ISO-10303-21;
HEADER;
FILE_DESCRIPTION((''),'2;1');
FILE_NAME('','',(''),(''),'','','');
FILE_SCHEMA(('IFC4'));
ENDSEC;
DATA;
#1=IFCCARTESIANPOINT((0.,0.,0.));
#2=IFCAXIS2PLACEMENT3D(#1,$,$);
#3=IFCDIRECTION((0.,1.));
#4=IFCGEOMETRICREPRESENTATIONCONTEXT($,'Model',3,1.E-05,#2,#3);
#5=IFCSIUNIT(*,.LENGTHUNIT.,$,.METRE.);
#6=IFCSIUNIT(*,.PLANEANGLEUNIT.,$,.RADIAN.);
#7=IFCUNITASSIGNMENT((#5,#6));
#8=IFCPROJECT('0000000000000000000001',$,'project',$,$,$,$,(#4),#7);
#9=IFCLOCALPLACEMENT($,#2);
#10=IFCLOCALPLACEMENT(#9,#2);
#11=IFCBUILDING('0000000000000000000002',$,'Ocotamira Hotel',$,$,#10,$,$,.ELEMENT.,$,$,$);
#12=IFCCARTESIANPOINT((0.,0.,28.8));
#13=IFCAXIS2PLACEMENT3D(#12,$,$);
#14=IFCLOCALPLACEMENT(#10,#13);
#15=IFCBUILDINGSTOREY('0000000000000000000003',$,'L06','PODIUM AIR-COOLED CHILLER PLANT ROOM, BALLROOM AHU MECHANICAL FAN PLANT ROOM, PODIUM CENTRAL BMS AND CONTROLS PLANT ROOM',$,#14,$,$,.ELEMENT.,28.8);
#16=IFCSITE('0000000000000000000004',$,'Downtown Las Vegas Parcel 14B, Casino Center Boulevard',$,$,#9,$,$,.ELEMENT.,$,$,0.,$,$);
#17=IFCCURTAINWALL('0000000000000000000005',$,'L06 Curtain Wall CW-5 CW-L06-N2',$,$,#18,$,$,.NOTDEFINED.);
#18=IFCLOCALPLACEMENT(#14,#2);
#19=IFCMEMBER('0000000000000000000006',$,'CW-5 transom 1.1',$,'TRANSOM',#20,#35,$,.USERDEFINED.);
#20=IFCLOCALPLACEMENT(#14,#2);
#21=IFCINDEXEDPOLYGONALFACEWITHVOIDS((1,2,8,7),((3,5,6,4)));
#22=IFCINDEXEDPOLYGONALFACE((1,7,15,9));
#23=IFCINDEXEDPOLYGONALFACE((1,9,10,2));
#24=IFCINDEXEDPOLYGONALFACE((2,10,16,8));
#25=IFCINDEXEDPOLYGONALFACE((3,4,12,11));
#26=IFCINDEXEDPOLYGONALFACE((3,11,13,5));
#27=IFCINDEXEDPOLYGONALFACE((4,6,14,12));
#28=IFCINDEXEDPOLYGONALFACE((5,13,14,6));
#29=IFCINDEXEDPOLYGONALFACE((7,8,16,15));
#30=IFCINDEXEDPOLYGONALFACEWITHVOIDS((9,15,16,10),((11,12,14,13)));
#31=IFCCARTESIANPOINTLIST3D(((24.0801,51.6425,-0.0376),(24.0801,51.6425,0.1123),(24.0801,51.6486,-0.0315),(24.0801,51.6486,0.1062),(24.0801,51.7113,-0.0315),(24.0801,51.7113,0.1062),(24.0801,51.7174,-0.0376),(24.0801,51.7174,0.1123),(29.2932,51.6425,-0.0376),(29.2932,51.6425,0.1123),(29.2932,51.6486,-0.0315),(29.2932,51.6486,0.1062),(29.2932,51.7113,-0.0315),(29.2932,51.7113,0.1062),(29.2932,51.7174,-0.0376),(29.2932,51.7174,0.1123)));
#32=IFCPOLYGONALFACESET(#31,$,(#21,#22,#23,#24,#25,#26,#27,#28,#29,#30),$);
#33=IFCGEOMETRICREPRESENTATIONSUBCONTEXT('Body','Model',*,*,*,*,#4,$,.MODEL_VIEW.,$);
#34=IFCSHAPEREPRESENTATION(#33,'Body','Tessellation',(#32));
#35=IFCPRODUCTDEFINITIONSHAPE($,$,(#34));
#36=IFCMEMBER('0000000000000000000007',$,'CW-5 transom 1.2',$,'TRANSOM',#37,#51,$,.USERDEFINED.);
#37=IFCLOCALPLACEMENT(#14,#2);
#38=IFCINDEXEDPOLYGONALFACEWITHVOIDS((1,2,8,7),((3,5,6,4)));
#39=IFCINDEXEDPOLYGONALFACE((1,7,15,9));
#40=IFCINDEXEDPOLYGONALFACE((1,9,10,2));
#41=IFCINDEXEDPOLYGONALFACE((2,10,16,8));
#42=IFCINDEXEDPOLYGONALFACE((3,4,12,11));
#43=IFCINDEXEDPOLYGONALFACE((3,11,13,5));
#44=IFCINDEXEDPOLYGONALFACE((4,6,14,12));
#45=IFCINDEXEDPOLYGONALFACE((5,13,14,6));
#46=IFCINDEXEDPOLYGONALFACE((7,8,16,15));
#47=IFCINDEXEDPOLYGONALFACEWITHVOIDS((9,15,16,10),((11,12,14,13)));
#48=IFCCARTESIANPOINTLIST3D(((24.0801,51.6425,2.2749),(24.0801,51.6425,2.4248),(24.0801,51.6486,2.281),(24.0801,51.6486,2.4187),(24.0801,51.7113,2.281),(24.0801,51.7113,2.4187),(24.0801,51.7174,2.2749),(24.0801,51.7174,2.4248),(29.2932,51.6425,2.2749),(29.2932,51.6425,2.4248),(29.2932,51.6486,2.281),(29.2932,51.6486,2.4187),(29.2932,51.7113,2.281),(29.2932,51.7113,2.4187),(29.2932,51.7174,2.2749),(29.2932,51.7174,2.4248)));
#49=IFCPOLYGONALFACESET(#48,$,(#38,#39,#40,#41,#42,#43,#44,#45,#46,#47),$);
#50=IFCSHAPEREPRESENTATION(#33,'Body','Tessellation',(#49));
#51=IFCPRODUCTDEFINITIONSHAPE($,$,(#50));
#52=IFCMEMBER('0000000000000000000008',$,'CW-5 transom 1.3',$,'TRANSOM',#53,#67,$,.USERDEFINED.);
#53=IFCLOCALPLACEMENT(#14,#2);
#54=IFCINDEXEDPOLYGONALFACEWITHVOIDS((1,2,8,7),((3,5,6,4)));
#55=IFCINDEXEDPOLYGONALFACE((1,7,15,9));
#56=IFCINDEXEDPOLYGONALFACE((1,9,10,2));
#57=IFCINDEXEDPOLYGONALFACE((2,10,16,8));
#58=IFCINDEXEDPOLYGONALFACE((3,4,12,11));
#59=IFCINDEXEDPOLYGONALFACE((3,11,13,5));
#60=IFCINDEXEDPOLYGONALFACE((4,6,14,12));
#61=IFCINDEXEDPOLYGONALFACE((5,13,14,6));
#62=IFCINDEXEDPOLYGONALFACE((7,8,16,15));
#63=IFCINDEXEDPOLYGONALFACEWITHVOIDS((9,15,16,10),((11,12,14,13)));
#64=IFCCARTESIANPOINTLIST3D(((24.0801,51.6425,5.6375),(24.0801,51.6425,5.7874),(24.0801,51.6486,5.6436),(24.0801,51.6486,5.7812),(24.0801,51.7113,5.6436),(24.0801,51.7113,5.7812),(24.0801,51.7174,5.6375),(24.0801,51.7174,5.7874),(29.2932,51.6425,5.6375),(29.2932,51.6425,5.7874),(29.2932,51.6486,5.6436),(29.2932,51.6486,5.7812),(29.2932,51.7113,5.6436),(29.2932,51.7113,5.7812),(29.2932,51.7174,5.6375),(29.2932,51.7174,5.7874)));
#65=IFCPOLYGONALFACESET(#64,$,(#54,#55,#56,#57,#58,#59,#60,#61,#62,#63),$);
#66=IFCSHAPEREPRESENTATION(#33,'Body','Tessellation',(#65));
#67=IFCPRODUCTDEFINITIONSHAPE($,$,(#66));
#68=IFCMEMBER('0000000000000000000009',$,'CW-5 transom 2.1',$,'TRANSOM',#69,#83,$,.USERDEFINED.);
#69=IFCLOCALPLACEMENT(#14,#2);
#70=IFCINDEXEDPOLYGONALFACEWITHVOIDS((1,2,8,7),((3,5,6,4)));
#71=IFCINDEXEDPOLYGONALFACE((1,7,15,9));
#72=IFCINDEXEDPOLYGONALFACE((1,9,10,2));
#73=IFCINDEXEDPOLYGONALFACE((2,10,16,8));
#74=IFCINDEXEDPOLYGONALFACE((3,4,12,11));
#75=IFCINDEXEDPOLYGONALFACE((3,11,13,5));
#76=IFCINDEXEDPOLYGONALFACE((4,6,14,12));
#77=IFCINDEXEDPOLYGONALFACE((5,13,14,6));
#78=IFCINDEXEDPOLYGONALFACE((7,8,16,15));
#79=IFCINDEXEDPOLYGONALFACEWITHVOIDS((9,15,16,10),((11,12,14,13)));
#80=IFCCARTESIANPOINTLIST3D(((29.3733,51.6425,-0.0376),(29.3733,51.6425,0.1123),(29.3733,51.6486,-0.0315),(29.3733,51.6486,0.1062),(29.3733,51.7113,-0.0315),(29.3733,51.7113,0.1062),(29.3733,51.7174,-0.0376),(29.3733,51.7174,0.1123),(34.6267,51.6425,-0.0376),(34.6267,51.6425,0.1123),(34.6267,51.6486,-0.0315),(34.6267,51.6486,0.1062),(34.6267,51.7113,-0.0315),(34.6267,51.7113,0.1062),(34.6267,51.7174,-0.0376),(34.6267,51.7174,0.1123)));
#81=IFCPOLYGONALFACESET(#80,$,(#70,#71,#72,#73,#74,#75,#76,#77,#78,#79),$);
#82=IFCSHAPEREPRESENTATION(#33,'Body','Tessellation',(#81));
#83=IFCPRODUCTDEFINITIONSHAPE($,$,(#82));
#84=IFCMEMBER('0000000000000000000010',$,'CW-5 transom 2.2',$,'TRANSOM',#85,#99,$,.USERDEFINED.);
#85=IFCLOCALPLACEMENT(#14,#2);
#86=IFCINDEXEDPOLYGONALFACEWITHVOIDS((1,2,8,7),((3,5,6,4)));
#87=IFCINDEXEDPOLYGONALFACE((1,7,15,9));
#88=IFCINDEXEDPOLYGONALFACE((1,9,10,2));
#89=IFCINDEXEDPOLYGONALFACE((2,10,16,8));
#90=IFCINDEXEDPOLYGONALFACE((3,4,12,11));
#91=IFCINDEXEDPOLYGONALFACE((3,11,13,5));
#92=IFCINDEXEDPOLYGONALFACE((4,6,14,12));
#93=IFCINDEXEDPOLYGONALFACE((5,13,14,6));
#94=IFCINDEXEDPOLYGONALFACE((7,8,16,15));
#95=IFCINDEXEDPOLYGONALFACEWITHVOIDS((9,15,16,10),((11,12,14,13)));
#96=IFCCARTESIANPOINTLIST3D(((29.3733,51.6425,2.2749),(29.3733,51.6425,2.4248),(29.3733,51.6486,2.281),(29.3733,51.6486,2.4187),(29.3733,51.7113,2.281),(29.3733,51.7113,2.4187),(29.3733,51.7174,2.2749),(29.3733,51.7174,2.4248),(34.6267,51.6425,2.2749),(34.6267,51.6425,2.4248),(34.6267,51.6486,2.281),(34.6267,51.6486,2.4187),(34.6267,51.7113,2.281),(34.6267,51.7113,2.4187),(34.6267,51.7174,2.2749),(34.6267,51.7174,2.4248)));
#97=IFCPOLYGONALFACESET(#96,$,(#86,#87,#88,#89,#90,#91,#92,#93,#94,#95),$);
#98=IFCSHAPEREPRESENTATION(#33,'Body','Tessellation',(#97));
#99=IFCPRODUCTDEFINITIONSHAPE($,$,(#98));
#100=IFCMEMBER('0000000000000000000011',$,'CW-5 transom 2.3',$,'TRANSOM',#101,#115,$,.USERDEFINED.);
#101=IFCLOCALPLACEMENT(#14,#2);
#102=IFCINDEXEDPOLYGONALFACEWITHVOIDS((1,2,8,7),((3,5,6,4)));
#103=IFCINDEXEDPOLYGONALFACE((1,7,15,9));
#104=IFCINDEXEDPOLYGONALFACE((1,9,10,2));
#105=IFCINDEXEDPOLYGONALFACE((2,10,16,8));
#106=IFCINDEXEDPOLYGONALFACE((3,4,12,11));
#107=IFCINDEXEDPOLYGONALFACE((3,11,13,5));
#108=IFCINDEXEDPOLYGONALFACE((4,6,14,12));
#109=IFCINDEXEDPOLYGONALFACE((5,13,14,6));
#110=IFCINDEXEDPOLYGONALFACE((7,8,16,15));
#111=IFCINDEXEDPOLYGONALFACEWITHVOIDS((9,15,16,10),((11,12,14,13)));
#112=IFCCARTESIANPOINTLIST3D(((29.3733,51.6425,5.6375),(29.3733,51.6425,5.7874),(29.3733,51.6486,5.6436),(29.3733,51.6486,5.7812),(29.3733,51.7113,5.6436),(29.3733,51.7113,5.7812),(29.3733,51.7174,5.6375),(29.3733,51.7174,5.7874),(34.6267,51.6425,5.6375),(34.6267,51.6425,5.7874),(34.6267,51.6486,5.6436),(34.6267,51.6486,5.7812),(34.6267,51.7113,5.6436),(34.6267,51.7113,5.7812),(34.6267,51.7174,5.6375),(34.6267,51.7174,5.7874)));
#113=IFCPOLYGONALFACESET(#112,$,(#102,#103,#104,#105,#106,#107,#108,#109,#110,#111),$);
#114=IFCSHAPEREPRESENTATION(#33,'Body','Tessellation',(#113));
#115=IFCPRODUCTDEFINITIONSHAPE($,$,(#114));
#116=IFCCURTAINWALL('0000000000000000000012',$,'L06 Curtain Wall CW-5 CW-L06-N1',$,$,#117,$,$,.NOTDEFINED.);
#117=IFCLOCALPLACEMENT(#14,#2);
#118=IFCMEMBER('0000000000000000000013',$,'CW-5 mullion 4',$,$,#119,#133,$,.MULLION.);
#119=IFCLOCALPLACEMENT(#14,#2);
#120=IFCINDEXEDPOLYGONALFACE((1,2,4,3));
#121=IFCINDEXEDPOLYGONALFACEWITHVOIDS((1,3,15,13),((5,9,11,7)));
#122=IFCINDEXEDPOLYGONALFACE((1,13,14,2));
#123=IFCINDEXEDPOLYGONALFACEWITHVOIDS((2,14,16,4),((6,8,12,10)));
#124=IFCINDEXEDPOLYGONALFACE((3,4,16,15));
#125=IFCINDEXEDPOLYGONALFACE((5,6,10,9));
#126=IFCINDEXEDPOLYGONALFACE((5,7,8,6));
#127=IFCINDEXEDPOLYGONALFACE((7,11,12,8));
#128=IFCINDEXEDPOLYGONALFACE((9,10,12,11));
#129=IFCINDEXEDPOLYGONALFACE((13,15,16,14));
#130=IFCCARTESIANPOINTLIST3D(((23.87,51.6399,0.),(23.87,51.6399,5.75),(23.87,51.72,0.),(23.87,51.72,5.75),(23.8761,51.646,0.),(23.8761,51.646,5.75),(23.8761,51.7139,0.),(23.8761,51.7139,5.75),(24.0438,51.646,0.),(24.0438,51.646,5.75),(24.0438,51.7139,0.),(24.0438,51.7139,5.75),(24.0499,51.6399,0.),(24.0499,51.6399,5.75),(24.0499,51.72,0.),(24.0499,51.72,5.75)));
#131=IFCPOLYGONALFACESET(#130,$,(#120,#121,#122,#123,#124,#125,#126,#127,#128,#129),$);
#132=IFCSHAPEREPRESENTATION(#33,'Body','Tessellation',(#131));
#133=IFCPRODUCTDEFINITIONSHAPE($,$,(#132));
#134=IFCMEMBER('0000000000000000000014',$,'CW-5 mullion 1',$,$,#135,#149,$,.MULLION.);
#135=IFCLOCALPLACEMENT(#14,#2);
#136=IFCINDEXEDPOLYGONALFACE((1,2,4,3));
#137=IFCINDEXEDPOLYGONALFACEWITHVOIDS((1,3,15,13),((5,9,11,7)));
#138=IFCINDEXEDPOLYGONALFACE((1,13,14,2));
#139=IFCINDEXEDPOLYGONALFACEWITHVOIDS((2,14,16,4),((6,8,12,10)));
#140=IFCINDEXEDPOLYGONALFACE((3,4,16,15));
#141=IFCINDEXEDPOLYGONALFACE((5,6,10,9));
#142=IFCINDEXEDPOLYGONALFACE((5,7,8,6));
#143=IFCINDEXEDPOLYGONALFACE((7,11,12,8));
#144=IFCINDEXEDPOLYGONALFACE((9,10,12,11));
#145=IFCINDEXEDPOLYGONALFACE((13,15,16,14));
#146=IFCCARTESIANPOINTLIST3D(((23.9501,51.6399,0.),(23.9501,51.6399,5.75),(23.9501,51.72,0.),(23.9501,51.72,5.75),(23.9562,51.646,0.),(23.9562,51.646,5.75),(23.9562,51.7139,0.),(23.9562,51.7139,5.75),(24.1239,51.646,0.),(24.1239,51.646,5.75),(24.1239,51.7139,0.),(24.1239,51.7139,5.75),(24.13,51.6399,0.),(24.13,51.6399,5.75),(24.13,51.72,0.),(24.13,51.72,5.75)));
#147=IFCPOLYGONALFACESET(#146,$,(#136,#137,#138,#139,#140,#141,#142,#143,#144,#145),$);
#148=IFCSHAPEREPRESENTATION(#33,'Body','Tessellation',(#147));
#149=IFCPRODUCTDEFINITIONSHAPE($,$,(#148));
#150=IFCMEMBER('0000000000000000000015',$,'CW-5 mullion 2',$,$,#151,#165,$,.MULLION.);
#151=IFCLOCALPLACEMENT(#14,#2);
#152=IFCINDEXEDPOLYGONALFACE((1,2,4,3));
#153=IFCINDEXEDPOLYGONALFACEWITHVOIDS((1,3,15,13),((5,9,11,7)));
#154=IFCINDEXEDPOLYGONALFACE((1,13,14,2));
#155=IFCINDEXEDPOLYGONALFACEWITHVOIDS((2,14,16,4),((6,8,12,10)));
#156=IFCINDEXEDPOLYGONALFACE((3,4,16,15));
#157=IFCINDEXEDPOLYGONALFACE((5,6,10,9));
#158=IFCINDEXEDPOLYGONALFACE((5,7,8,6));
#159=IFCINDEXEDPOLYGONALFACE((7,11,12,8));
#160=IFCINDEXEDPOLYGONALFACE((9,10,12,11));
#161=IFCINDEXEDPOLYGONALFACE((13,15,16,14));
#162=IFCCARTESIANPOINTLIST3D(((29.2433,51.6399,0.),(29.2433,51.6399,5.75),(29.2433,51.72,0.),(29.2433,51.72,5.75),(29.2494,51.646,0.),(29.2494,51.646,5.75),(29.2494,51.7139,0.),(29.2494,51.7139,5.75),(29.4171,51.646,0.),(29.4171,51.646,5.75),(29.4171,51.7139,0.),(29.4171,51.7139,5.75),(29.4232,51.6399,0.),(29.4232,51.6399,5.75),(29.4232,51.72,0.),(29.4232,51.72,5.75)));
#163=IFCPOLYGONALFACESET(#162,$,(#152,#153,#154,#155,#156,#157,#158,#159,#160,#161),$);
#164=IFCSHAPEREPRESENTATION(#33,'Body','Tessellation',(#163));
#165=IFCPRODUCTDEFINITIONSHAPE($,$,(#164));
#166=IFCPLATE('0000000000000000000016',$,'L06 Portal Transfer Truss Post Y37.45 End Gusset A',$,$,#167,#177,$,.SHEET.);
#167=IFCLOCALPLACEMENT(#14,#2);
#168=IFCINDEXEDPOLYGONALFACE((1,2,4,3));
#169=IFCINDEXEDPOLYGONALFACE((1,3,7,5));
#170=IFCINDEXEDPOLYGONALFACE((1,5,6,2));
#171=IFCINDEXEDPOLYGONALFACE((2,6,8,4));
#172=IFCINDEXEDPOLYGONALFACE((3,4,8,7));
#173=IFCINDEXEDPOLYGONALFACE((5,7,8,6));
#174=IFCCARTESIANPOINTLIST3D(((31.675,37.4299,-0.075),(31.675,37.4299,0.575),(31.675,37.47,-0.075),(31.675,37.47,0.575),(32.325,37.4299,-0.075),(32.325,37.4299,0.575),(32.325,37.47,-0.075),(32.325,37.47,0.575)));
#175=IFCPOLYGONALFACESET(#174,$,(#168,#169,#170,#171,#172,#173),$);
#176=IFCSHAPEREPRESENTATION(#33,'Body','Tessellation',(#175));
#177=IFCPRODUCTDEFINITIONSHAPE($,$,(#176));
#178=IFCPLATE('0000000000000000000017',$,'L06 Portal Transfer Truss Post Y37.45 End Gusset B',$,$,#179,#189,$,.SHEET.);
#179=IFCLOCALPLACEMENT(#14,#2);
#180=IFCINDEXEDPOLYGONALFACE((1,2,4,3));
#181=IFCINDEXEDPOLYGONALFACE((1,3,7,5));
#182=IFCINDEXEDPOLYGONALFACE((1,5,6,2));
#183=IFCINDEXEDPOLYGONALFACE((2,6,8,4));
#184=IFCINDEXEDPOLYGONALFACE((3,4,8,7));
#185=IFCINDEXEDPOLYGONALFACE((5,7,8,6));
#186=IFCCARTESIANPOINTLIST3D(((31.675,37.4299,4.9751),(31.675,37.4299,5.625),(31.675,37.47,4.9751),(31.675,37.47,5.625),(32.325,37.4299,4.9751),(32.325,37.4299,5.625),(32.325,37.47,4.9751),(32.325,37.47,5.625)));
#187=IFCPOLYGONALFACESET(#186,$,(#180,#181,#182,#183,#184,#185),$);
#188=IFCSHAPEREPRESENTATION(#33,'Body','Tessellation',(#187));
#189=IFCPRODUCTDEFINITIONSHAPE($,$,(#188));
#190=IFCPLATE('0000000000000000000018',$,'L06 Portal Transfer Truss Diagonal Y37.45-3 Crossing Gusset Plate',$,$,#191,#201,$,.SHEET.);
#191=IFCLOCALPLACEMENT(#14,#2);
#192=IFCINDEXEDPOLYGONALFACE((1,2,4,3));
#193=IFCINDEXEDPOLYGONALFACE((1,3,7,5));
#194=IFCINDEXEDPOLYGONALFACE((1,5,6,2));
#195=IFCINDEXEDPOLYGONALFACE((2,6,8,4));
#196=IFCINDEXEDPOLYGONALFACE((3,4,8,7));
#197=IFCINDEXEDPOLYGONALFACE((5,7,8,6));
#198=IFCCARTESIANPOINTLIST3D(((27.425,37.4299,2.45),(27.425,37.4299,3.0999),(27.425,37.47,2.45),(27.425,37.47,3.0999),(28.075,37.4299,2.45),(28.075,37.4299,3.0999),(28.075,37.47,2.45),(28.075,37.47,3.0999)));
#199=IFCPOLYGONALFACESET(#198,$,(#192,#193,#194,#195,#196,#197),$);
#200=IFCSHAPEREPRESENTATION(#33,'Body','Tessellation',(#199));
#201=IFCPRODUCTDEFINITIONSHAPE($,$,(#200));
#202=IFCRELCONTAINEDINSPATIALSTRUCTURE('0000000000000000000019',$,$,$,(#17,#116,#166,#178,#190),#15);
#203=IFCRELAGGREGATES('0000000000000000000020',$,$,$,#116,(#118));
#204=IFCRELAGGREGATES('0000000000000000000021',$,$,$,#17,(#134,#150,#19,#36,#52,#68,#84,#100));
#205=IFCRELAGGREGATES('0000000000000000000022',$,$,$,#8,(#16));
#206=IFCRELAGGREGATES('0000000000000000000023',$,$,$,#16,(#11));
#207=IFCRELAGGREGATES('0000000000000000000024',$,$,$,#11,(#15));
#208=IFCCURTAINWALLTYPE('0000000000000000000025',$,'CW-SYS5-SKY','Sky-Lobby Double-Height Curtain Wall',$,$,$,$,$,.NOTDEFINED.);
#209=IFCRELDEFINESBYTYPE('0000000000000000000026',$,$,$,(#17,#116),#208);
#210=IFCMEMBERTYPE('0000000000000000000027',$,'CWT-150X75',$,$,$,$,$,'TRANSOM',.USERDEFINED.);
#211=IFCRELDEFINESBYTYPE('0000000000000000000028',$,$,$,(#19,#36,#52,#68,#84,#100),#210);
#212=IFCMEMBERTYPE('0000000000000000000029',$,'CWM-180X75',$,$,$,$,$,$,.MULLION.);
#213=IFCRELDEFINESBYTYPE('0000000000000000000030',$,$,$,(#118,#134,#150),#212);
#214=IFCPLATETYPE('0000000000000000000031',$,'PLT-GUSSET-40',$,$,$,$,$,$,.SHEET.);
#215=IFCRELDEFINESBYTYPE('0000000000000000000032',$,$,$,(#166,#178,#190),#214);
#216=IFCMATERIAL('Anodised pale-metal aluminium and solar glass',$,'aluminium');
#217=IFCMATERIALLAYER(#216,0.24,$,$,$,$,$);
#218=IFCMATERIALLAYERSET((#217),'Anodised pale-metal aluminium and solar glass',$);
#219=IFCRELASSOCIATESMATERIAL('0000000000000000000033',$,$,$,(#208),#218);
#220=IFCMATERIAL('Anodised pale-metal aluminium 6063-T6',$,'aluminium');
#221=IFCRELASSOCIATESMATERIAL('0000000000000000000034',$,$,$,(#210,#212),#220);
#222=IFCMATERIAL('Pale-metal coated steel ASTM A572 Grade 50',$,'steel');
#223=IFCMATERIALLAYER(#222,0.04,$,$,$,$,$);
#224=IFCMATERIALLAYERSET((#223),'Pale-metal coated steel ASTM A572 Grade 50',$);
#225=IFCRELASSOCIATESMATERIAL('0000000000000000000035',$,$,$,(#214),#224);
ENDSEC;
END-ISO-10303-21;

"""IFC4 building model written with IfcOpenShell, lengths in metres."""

from ifc_helpers import new_model, si_unit, direction, frame, origin, origin_2d, place, context, subcontext, project, spatial, rectangle, hollow_rectangle, extrude, source, transform, mapped, material, layer, layer_set, material_profile, profile_set, type_object, element, aggregate, save


model = new_model("IFC4")

# Units and contexts
model_context = context("Model", 3, precision=1e-05, world=origin(), true_north=direction((0.0, 1.0)))
body_context = subcontext(model_context, "Body", "Model", "MODEL_VIEW")
ifc_project = project(units=[si_unit("LENGTHUNIT", "METRE"), si_unit("PLANEANGLEUNIT", "RADIAN")], contexts=[model_context])

# Site, building, storey
site_placement = place(None, origin())
site = spatial("IfcSite", under=ifc_project, at=site_placement, Name="Downtown Las Vegas Parcel 14B, Casino Center Boulevard", CompositionType="ELEMENT", RefElevation=0.0)
building_placement = place(site_placement, origin())
building = spatial("IfcBuilding", under=site, at=building_placement, Name="Ocotamira Hotel", CompositionType="ELEMENT")
storey_placement = place(building_placement, frame((0.0, 0.0, 28.8)))
storey = spatial("IfcBuildingStorey", under=building, at=storey_placement, Name="L06", Description="PODIUM AIR-COOLED CHILLER PLANT ROOM, BALLROOM AHU MECHANICAL FAN PLANT ROOM, PODIUM CENTRAL BMS AND CONTROLS PLANT ROOM", CompositionType="ELEMENT", Elevation=28.8)

# Curtain wall, members
ifc_material_1 = material(Name="Anodised pale-metal aluminium and solar glass", Category="aluminium")
ifc_layer_1 = layer(ifc_material_1, 0.24)
ifc_layer_set_1 = layer_set([ifc_layer_1], Name="Anodised pale-metal aluminium and solar glass")
curtain_wall_type = type_object("IfcCurtainWallType", Name="CW-SYS5-SKY", Description="Sky-Lobby Double-Height Curtain Wall", PredefinedType="NOTDEFINED", material=ifc_layer_set_1)
curtain_wall_1_placement = place(storey_placement, origin())
curtain_wall_1 = element("IfcCurtainWall", 1, at=curtain_wall_1_placement, inside=storey, type_object=curtain_wall_type, Name="L06 Curtain Wall CW-5 CW-L06-N2", PredefinedType="NOTDEFINED")
ifc_material_2 = material(Name="Anodised pale-metal aluminium 6063-T6", Category="aluminium")
ifc_material_profile_1 = material_profile(ifc_material_2, hollow_rectangle(XDim=0.075, YDim=0.1499, WallThickness=0.0061, at=origin_2d()), Name="HSS150X75X6")
ifc_profile_set_1 = profile_set([ifc_material_profile_1], Name="Anodised pale-metal aluminium 6063-T6")
member_type_1 = type_object("IfcMemberType", Name="CWT-150X75", ElementType="TRANSOM", PredefinedType="USERDEFINED", material=ifc_profile_set_1)
shared_shape_1 = source(origin(), body_context, "Body", "SweptSolid", [
    extrude(hollow_rectangle(XDim=0.075, YDim=0.1499, WallThickness=0.0061, at=origin_2d()), origin(), (0.0, 0.0, 1.0), 5.2131),
])
member_1_placement = place(storey_placement, frame((24.0801, 51.6799, 0.0374), z_axis=(1.0, 0.0, 0.0), x_axis=(0.0, 1.0, 0.0)))
member_1 = element("IfcMember", 2, at=member_1_placement, type_object=member_type_1, Name="CW-5 transom 1.1", ObjectType="TRANSOM", PredefinedType="USERDEFINED", context=body_context, shape_type="MappedRepresentation", body=[
    mapped(shared_shape_1, transform((0.0, 0.0, 0.0), scale=1.0)),
])
member_2_placement = place(storey_placement, frame((24.0801, 51.6799, 2.3499), z_axis=(1.0, 0.0, 0.0), x_axis=(0.0, 1.0, 0.0)))
member_2 = element("IfcMember", 3, at=member_2_placement, type_object=member_type_1, Name="CW-5 transom 1.2", ObjectType="TRANSOM", PredefinedType="USERDEFINED", context=body_context, shape_type="MappedRepresentation", body=[
    mapped(shared_shape_1, transform((0.0, 0.0, 0.0), scale=1.0)),
])
member_3_placement = place(storey_placement, frame((24.0801, 51.6799, 5.7124), z_axis=(1.0, 0.0, 0.0), x_axis=(0.0, 1.0, 0.0)))
member_3 = element("IfcMember", 4, at=member_3_placement, type_object=member_type_1, Name="CW-5 transom 1.3", ObjectType="TRANSOM", PredefinedType="USERDEFINED", context=body_context, shape_type="MappedRepresentation", body=[
    mapped(shared_shape_1, transform((0.0, 0.0, 0.0), scale=1.0)),
])
shared_shape_2 = source(origin(), body_context, "Body", "SweptSolid", [
    extrude(hollow_rectangle(XDim=0.075, YDim=0.1499, WallThickness=0.0061, at=origin_2d()), origin(), (0.0, 0.0, 1.0), 5.2534),
])
member_4_placement = place(storey_placement, frame((29.3733, 51.6799, 0.0374), z_axis=(1.0, 0.0, 0.0), x_axis=(0.0, 1.0, 0.0)))
member_4 = element("IfcMember", 5, at=member_4_placement, type_object=member_type_1, Name="CW-5 transom 2.1", ObjectType="TRANSOM", PredefinedType="USERDEFINED", context=body_context, shape_type="MappedRepresentation", body=[
    mapped(shared_shape_2, transform((0.0, 0.0, 0.0), scale=1.0)),
])
member_5_placement = place(storey_placement, frame((29.3733, 51.6799, 2.3499), z_axis=(1.0, 0.0, 0.0), x_axis=(0.0, 1.0, 0.0)))
member_5 = element("IfcMember", 6, at=member_5_placement, type_object=member_type_1, Name="CW-5 transom 2.2", ObjectType="TRANSOM", PredefinedType="USERDEFINED", context=body_context, shape_type="MappedRepresentation", body=[
    mapped(shared_shape_2, transform((0.0, 0.0, 0.0), scale=1.0)),
])
member_6_placement = place(storey_placement, frame((29.3733, 51.6799, 5.7124), z_axis=(1.0, 0.0, 0.0), x_axis=(0.0, 1.0, 0.0)))
member_6 = element("IfcMember", 7, at=member_6_placement, type_object=member_type_1, Name="CW-5 transom 2.3", ObjectType="TRANSOM", PredefinedType="USERDEFINED", context=body_context, shape_type="MappedRepresentation", body=[
    mapped(shared_shape_2, transform((0.0, 0.0, 0.0), scale=1.0)),
])

# Curtain wall, member
curtain_wall_2_placement = place(storey_placement, origin())
curtain_wall_2 = element("IfcCurtainWall", 8, at=curtain_wall_2_placement, inside=storey, type_object=curtain_wall_type, Name="L06 Curtain Wall CW-5 CW-L06-N1", PredefinedType="NOTDEFINED")
ifc_material_profile_2 = material_profile(ifc_material_2, hollow_rectangle(XDim=0.0801, YDim=0.1799, WallThickness=0.0061, at=origin_2d()), Name="HSS180X80X6")
ifc_profile_set_2 = profile_set([ifc_material_profile_2], Name="Anodised pale-metal aluminium 6063-T6")
member_type_2 = type_object("IfcMemberType", Name="CWM-180X75", PredefinedType="MULLION", material=ifc_profile_set_2)
shared_shape_3 = source(origin(), body_context, "Body", "SweptSolid", [
    extrude(hollow_rectangle(XDim=0.0801, YDim=0.1799, WallThickness=0.0061, at=origin_2d()), origin(), (0.0, 0.0, 1.0), 5.75),
])
member_7_placement = place(storey_placement, frame((23.96, 51.6799, 0.0), z_axis=(0.0, 0.0, 1.0), x_axis=(0.0, 1.0, 0.0)))
member_7 = element("IfcMember", 9, at=member_7_placement, type_object=member_type_2, Name="CW-5 mullion 4", PredefinedType="MULLION", context=body_context, shape_type="MappedRepresentation", body=[
    mapped(shared_shape_3, transform((0.0, 0.0, 0.0), scale=1.0)),
])
aggregate(curtain_wall_2, [member_7])

# Members
member_8_placement = place(storey_placement, frame((24.04, 51.6799, 0.0), z_axis=(0.0, 0.0, 1.0), x_axis=(0.0, 1.0, 0.0)))
member_8 = element("IfcMember", 10, at=member_8_placement, type_object=member_type_2, Name="CW-5 mullion 1", PredefinedType="MULLION", context=body_context, shape_type="MappedRepresentation", body=[
    mapped(shared_shape_3, transform((0.0, 0.0, 0.0), scale=1.0)),
])
member_9_placement = place(storey_placement, frame((29.3333, 51.6799, 0.0), z_axis=(0.0, 0.0, 1.0), x_axis=(0.0, 1.0, 0.0)))
member_9 = element("IfcMember", 11, at=member_9_placement, type_object=member_type_2, Name="CW-5 mullion 2", PredefinedType="MULLION", context=body_context, shape_type="MappedRepresentation", body=[
    mapped(shared_shape_3, transform((0.0, 0.0, 0.0), scale=1.0)),
])

# Plates
ifc_material_3 = material(Name="Pale-metal coated steel ASTM A572 Grade 50", Category="steel")
ifc_layer_2 = layer(ifc_material_3, 0.04)
ifc_layer_set_2 = layer_set([ifc_layer_2], Name="Pale-metal coated steel ASTM A572 Grade 50")
plate_type_1 = type_object("IfcPlateType", Name="PLT-GUSSET-40", PredefinedType="SHEET", material=ifc_layer_set_2)
shared_shape_4 = source(origin(), body_context, "Body", "SweptSolid", [
    extrude(rectangle(XDim=0.6499, YDim=0.04, at=origin_2d()), origin(), (0.0, 0.0, 1.0), 0.6499),
])
for number, where, z_axis, x_axis, name in (
    (12, (32.0, 37.45, -0.075), (0.0, 0.0, 1.0), (1.0, 0.0, 0.0), "L06 Portal Transfer Truss Post Y37.45 End Gusset A"),
    (13, (32.0, 37.45, 4.9751), (0.0, 0.0, 1.0), (1.0, 0.0, 0.0), "L06 Portal Transfer Truss Post Y37.45 End Gusset B"),
    (14, (27.75, 37.45, 2.45), (0.0, 0.0, 1.0), (1.0, 0.0, 0.0), "L06 Portal Transfer Truss Diagonal Y37.45-3 Crossing Gusset Plate"),
):
    element("IfcPlate", number, at=place(storey_placement, frame(where, z_axis=z_axis, x_axis=x_axis)), inside=storey, type_object=plate_type_1, Name=name, PredefinedType="SHEET", context=body_context, shape_type="MappedRepresentation", body=[
        mapped(shared_shape_4, transform((0.0, 0.0, 0.0), scale=1.0)),
    ])

aggregate(curtain_wall_1, [member_8, member_9, member_1, member_2, member_3, member_4, member_5, member_6])

save(model, "model.ifc")
